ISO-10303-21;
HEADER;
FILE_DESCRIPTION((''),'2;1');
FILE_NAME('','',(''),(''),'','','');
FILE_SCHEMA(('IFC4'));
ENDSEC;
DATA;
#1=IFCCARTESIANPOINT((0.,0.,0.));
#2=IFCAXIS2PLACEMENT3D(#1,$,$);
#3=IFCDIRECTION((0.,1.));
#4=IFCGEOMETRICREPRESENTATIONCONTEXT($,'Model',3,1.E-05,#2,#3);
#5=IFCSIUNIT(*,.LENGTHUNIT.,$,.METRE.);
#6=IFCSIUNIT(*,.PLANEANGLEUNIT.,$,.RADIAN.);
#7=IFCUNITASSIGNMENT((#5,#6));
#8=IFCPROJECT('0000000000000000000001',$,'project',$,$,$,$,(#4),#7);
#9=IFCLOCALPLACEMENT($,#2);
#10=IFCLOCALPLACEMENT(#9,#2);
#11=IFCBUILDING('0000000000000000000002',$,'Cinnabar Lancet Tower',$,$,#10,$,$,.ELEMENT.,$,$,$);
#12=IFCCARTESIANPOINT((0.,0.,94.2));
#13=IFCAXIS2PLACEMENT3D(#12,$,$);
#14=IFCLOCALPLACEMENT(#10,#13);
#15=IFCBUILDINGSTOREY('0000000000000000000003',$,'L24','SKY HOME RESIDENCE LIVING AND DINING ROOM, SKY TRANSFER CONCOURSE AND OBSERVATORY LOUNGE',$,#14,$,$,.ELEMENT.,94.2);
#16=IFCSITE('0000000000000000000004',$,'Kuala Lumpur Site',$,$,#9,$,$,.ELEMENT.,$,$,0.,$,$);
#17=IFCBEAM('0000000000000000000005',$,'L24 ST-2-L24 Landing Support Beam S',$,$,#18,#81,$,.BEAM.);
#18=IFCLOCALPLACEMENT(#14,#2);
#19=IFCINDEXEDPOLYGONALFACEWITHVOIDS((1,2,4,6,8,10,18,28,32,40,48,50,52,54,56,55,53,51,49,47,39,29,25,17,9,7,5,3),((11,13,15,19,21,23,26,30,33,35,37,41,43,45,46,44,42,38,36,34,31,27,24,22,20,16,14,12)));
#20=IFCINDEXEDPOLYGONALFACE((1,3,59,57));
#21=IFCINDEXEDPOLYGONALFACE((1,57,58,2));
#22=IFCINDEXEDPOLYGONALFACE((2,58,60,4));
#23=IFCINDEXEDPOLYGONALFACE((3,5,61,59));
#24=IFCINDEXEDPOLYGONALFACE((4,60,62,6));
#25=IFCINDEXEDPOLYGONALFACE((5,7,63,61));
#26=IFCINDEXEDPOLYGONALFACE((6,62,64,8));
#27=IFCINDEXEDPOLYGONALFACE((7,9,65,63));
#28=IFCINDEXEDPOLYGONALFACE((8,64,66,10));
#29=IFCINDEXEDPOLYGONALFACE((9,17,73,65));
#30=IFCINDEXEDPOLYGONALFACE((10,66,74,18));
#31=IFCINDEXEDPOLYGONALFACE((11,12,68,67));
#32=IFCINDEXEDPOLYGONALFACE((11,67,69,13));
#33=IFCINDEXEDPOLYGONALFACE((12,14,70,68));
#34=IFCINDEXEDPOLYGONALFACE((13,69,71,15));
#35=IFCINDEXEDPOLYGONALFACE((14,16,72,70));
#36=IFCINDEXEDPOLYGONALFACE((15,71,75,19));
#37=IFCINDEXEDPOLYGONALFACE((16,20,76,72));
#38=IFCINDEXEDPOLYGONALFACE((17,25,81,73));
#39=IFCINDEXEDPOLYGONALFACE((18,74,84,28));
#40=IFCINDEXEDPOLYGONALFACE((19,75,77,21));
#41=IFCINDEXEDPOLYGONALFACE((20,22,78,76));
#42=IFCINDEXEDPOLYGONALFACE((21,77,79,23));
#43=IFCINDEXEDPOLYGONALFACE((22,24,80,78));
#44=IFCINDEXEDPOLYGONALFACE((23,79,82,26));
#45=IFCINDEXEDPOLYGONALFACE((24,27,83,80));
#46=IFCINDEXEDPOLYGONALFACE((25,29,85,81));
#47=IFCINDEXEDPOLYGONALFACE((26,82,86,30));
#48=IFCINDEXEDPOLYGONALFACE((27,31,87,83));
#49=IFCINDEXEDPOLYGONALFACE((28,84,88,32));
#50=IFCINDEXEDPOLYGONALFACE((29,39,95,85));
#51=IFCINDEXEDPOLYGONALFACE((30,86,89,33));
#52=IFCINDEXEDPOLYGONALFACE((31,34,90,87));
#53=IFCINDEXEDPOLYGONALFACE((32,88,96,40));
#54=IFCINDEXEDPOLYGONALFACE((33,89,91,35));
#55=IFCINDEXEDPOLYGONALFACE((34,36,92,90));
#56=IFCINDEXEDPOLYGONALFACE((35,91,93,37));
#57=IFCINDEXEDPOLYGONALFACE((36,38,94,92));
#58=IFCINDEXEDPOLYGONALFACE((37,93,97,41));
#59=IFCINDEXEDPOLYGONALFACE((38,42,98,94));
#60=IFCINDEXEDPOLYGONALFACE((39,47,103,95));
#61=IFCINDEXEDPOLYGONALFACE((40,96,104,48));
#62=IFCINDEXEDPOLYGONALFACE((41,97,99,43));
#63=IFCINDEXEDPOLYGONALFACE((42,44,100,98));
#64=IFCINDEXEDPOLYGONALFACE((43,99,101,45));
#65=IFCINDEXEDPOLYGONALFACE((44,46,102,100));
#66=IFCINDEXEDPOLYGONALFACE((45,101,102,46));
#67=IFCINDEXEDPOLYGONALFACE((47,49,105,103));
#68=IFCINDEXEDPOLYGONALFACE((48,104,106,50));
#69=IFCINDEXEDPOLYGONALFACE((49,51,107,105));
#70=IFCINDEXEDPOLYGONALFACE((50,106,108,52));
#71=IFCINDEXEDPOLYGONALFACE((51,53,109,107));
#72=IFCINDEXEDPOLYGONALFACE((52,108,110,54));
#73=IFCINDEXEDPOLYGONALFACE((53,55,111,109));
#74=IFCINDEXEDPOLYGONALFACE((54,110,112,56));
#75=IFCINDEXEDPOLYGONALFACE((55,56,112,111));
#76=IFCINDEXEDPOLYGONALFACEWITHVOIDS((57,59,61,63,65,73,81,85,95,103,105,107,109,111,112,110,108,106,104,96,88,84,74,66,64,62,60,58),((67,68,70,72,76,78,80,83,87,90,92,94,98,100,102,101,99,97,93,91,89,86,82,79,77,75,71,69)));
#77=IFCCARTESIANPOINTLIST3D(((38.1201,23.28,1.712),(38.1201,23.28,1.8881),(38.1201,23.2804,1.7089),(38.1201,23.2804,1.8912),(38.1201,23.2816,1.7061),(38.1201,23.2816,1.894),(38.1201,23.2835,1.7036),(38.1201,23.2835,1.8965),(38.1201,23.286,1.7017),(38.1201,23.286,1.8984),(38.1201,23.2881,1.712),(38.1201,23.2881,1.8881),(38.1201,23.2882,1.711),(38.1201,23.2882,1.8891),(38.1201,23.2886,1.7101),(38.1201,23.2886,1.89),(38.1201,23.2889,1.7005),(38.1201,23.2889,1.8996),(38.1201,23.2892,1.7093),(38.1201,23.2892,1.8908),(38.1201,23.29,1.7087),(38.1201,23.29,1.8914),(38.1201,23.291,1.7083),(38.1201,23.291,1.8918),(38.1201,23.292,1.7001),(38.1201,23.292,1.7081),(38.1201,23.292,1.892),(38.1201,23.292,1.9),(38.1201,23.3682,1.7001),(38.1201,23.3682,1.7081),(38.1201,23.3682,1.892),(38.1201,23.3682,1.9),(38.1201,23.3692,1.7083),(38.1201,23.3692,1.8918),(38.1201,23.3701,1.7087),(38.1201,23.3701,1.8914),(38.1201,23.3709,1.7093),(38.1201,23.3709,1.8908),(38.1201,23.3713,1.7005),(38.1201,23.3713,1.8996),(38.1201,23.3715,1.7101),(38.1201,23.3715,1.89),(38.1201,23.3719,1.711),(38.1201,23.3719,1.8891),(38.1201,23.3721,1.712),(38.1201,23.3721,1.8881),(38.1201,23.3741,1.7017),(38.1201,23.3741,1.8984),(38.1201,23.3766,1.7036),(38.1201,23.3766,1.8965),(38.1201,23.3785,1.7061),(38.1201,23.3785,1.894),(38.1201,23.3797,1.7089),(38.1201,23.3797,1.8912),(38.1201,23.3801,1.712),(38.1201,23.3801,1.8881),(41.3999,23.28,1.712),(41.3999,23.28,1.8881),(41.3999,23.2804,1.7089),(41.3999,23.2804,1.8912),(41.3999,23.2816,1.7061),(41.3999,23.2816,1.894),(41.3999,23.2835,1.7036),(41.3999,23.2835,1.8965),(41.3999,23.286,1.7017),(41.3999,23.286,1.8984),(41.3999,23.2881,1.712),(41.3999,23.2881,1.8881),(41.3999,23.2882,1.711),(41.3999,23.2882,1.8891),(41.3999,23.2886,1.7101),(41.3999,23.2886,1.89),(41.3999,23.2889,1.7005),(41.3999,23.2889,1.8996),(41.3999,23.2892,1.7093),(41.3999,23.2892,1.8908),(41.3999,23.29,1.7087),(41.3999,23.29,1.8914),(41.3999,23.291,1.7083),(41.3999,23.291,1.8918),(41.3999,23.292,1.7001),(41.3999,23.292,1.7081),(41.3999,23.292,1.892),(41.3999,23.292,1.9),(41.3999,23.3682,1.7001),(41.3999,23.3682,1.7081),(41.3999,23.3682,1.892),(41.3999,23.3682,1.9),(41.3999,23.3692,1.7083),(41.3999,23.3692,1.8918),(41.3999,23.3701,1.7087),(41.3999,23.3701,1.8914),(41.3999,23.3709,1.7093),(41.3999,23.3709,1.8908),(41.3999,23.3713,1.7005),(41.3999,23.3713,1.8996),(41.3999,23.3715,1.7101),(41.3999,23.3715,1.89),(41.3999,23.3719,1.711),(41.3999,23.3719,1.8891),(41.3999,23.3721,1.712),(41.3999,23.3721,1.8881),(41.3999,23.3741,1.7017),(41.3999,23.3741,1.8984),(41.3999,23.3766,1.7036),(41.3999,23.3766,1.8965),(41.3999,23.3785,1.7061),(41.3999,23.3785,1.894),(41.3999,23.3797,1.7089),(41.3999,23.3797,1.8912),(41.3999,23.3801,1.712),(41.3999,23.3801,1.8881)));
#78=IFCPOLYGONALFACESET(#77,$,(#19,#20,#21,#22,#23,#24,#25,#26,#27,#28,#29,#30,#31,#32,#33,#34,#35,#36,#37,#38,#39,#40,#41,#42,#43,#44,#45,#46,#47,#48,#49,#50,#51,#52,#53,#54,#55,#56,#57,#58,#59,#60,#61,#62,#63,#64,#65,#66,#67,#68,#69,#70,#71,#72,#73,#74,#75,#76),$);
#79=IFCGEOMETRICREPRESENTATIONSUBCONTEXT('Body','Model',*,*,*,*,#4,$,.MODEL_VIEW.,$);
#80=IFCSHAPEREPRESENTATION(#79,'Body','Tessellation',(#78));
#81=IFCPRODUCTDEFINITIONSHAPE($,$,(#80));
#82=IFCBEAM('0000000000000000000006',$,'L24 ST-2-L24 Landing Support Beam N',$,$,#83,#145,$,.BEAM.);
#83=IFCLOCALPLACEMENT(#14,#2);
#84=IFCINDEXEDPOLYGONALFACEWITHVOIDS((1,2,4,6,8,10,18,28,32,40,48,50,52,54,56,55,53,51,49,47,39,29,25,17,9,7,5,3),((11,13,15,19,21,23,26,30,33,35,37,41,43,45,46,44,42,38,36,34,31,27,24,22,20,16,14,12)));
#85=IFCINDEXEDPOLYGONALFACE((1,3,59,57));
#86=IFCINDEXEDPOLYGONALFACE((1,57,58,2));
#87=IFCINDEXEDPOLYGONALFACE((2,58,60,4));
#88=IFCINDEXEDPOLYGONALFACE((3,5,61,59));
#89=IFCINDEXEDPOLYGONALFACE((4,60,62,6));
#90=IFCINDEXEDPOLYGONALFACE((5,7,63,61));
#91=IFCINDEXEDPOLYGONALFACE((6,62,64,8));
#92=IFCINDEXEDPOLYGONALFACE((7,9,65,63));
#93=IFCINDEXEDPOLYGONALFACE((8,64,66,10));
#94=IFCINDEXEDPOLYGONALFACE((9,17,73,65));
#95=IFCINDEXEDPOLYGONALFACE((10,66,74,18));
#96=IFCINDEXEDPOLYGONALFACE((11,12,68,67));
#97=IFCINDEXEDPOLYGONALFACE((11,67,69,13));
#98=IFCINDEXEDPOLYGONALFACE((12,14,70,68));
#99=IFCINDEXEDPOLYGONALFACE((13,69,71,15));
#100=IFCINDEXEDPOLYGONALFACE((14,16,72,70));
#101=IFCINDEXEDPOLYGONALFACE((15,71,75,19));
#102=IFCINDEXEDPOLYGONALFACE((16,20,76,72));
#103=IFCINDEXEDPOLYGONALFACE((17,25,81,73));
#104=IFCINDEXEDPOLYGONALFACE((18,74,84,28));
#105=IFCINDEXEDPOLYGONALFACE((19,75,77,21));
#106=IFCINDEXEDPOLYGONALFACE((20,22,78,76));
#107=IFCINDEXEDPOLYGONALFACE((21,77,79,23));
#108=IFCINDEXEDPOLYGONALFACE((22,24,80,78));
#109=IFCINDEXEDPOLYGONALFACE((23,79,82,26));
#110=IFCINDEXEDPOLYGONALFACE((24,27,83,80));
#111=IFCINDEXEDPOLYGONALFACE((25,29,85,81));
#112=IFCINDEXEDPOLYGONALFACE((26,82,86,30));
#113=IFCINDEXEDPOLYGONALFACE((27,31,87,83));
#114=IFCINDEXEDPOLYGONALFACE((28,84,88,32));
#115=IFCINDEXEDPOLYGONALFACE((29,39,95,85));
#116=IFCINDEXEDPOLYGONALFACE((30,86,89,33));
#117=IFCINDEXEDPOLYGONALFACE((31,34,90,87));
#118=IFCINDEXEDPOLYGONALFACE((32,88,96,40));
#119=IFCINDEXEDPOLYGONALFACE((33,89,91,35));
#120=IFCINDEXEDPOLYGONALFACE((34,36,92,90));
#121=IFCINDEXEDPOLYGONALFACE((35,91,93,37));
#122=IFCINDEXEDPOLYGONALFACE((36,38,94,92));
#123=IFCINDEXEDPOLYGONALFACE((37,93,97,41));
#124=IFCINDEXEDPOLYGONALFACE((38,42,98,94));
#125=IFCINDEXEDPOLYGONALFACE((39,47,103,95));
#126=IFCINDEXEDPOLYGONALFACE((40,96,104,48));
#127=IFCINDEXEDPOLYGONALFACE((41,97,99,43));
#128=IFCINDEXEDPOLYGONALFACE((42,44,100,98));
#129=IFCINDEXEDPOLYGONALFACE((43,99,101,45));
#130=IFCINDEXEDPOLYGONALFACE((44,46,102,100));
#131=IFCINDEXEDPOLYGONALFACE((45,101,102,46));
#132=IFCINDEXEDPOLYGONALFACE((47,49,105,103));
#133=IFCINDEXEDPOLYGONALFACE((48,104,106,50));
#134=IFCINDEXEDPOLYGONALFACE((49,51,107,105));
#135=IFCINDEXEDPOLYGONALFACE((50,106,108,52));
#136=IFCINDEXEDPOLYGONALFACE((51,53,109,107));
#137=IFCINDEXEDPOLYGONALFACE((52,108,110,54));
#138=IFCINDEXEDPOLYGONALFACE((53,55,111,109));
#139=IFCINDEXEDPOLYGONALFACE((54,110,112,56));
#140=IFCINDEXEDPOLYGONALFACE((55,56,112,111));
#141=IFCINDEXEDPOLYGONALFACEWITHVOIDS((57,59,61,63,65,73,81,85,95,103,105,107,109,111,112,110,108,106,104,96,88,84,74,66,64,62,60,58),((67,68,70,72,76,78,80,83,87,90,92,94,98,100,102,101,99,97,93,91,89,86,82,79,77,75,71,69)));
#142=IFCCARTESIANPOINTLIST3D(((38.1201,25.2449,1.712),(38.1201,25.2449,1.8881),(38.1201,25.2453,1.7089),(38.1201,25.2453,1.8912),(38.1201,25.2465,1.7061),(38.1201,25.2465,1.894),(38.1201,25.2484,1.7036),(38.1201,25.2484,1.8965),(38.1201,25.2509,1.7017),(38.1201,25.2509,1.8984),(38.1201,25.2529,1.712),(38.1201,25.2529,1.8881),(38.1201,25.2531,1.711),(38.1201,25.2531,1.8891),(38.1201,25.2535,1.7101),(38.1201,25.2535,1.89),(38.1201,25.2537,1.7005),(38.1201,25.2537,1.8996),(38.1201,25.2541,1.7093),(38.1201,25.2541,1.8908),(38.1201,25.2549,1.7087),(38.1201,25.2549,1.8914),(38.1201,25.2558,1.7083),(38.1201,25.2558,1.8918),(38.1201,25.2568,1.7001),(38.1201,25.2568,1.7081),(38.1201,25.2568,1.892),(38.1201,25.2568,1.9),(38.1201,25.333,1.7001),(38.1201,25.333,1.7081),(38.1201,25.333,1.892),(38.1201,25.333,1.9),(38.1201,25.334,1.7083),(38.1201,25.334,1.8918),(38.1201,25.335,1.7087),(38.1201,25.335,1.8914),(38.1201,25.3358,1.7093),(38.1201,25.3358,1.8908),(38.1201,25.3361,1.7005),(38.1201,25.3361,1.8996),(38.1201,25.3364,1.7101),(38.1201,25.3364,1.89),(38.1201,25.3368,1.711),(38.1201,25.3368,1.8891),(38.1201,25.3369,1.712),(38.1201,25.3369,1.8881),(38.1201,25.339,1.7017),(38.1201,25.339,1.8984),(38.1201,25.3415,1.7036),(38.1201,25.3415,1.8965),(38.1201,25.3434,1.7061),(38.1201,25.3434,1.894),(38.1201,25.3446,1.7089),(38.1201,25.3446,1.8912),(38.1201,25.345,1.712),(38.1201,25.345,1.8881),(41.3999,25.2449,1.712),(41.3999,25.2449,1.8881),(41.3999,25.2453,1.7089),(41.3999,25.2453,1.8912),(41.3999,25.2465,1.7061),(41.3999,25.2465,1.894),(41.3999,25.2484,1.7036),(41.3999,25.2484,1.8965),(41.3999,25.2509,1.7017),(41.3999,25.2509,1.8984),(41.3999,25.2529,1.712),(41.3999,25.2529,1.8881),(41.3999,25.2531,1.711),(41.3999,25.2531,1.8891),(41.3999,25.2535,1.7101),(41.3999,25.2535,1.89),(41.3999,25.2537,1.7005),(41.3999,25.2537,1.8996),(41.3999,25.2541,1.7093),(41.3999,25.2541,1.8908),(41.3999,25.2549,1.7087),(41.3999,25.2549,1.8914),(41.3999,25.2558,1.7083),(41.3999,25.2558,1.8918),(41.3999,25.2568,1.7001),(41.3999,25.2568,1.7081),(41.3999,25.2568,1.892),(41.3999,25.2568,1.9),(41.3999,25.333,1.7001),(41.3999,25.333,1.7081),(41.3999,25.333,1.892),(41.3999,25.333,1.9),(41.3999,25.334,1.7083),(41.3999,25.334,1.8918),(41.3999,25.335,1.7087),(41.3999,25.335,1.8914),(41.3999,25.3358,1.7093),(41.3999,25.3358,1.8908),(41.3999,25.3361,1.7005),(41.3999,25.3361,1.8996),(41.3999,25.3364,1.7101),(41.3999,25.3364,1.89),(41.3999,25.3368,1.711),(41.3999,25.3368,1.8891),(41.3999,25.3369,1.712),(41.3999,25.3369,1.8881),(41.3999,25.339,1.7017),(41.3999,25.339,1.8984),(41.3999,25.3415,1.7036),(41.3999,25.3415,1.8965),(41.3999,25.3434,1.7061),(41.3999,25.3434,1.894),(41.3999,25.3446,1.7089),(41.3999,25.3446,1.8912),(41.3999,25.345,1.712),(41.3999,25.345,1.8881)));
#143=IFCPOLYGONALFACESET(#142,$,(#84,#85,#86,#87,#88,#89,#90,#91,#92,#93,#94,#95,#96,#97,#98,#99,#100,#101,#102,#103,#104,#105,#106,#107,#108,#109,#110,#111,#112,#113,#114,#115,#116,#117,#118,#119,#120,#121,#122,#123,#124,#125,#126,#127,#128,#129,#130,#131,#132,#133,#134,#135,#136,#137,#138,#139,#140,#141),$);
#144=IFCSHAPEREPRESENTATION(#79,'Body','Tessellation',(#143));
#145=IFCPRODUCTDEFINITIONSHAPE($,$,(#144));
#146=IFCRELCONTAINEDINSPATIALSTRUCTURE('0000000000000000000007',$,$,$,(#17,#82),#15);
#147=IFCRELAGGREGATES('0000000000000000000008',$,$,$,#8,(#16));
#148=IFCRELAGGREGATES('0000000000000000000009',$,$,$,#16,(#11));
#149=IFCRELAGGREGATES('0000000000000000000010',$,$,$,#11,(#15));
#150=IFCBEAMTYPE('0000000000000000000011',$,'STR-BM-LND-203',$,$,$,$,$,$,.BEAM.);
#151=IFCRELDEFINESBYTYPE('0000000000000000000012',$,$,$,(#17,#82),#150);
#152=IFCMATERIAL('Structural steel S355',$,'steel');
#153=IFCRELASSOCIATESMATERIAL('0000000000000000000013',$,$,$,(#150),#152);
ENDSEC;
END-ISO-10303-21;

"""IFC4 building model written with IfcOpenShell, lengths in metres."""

from ifc_helpers import new_model, si_unit, direction, frame, origin, origin_2d, place, context, subcontext, project, spatial, hollow_rectangle, extrude, material, material_profile, profile_set, type_object, element, save


model = new_model("IFC4")

# Units and contexts
model_context = context("Model", 3, precision=1e-05, world=origin(), true_north=direction((0.0, 1.0)))
body_context = subcontext(model_context, "Body", "Model", "MODEL_VIEW")
ifc_project = project(units=[si_unit("LENGTHUNIT", "METRE"), si_unit("PLANEANGLEUNIT", "RADIAN")], contexts=[model_context])

# Site, building, storey
site_placement = place(None, origin())
site = spatial("IfcSite", under=ifc_project, at=site_placement, Name="Kuala Lumpur Site", CompositionType="ELEMENT", RefElevation=0.0)
building_placement = place(site_placement, origin())
building = spatial("IfcBuilding", under=site, at=building_placement, Name="Cinnabar Lancet Tower", CompositionType="ELEMENT")
storey_placement = place(building_placement, frame((0.0, 0.0, 94.2)))
storey = spatial("IfcBuildingStorey", under=building, at=storey_placement, Name="L24", Description="SKY HOME RESIDENCE LIVING AND DINING ROOM, SKY TRANSFER CONCOURSE AND OBSERVATORY LOUNGE", CompositionType="ELEMENT", Elevation=94.2)

# Beams
ifc_material_1 = material(Name="Structural steel S355", Category="steel")
ifc_material_profile_1 = material_profile(ifc_material_1, hollow_rectangle(XDim=0.1001, YDim=0.2, WallThickness=0.0081, InnerFilletRadius=0.0039, OuterFilletRadius=0.012, at=origin_2d()), Name="RHS 200x100x8")
ifc_profile_set_1 = profile_set([ifc_material_profile_1], Name="Structural steel S355")
beam_type_1 = type_object("IfcBeamType", Name="STR-BM-LND-203", PredefinedType="BEAM", material=ifc_profile_set_1)
for number, where, z_axis, x_axis, name in (
    (1, (38.1201, 23.3301, 1.8), (1.0, 0.0, 0.0), (0.0, 1.0, 0.0), "L24 ST-2-L24 Landing Support Beam S"),
    (2, (38.1201, 25.2949, 1.8), (1.0, 0.0, 0.0), (0.0, 1.0, 0.0), "L24 ST-2-L24 Landing Support Beam N"),
):
    element("IfcBeam", number, at=place(storey_placement, frame(where, z_axis=z_axis, x_axis=x_axis)), inside=storey, type_object=beam_type_1, Name=name, PredefinedType="BEAM", context=body_context, shape_type="SweptSolid", body=[
        extrude(hollow_rectangle(XDim=0.1001, YDim=0.2, WallThickness=0.0081, InnerFilletRadius=0.0039, OuterFilletRadius=0.012, at=origin_2d()), origin(), (0.0, 0.0, 1.0), 3.2798),
    ])

save(model, "model.ifc")
